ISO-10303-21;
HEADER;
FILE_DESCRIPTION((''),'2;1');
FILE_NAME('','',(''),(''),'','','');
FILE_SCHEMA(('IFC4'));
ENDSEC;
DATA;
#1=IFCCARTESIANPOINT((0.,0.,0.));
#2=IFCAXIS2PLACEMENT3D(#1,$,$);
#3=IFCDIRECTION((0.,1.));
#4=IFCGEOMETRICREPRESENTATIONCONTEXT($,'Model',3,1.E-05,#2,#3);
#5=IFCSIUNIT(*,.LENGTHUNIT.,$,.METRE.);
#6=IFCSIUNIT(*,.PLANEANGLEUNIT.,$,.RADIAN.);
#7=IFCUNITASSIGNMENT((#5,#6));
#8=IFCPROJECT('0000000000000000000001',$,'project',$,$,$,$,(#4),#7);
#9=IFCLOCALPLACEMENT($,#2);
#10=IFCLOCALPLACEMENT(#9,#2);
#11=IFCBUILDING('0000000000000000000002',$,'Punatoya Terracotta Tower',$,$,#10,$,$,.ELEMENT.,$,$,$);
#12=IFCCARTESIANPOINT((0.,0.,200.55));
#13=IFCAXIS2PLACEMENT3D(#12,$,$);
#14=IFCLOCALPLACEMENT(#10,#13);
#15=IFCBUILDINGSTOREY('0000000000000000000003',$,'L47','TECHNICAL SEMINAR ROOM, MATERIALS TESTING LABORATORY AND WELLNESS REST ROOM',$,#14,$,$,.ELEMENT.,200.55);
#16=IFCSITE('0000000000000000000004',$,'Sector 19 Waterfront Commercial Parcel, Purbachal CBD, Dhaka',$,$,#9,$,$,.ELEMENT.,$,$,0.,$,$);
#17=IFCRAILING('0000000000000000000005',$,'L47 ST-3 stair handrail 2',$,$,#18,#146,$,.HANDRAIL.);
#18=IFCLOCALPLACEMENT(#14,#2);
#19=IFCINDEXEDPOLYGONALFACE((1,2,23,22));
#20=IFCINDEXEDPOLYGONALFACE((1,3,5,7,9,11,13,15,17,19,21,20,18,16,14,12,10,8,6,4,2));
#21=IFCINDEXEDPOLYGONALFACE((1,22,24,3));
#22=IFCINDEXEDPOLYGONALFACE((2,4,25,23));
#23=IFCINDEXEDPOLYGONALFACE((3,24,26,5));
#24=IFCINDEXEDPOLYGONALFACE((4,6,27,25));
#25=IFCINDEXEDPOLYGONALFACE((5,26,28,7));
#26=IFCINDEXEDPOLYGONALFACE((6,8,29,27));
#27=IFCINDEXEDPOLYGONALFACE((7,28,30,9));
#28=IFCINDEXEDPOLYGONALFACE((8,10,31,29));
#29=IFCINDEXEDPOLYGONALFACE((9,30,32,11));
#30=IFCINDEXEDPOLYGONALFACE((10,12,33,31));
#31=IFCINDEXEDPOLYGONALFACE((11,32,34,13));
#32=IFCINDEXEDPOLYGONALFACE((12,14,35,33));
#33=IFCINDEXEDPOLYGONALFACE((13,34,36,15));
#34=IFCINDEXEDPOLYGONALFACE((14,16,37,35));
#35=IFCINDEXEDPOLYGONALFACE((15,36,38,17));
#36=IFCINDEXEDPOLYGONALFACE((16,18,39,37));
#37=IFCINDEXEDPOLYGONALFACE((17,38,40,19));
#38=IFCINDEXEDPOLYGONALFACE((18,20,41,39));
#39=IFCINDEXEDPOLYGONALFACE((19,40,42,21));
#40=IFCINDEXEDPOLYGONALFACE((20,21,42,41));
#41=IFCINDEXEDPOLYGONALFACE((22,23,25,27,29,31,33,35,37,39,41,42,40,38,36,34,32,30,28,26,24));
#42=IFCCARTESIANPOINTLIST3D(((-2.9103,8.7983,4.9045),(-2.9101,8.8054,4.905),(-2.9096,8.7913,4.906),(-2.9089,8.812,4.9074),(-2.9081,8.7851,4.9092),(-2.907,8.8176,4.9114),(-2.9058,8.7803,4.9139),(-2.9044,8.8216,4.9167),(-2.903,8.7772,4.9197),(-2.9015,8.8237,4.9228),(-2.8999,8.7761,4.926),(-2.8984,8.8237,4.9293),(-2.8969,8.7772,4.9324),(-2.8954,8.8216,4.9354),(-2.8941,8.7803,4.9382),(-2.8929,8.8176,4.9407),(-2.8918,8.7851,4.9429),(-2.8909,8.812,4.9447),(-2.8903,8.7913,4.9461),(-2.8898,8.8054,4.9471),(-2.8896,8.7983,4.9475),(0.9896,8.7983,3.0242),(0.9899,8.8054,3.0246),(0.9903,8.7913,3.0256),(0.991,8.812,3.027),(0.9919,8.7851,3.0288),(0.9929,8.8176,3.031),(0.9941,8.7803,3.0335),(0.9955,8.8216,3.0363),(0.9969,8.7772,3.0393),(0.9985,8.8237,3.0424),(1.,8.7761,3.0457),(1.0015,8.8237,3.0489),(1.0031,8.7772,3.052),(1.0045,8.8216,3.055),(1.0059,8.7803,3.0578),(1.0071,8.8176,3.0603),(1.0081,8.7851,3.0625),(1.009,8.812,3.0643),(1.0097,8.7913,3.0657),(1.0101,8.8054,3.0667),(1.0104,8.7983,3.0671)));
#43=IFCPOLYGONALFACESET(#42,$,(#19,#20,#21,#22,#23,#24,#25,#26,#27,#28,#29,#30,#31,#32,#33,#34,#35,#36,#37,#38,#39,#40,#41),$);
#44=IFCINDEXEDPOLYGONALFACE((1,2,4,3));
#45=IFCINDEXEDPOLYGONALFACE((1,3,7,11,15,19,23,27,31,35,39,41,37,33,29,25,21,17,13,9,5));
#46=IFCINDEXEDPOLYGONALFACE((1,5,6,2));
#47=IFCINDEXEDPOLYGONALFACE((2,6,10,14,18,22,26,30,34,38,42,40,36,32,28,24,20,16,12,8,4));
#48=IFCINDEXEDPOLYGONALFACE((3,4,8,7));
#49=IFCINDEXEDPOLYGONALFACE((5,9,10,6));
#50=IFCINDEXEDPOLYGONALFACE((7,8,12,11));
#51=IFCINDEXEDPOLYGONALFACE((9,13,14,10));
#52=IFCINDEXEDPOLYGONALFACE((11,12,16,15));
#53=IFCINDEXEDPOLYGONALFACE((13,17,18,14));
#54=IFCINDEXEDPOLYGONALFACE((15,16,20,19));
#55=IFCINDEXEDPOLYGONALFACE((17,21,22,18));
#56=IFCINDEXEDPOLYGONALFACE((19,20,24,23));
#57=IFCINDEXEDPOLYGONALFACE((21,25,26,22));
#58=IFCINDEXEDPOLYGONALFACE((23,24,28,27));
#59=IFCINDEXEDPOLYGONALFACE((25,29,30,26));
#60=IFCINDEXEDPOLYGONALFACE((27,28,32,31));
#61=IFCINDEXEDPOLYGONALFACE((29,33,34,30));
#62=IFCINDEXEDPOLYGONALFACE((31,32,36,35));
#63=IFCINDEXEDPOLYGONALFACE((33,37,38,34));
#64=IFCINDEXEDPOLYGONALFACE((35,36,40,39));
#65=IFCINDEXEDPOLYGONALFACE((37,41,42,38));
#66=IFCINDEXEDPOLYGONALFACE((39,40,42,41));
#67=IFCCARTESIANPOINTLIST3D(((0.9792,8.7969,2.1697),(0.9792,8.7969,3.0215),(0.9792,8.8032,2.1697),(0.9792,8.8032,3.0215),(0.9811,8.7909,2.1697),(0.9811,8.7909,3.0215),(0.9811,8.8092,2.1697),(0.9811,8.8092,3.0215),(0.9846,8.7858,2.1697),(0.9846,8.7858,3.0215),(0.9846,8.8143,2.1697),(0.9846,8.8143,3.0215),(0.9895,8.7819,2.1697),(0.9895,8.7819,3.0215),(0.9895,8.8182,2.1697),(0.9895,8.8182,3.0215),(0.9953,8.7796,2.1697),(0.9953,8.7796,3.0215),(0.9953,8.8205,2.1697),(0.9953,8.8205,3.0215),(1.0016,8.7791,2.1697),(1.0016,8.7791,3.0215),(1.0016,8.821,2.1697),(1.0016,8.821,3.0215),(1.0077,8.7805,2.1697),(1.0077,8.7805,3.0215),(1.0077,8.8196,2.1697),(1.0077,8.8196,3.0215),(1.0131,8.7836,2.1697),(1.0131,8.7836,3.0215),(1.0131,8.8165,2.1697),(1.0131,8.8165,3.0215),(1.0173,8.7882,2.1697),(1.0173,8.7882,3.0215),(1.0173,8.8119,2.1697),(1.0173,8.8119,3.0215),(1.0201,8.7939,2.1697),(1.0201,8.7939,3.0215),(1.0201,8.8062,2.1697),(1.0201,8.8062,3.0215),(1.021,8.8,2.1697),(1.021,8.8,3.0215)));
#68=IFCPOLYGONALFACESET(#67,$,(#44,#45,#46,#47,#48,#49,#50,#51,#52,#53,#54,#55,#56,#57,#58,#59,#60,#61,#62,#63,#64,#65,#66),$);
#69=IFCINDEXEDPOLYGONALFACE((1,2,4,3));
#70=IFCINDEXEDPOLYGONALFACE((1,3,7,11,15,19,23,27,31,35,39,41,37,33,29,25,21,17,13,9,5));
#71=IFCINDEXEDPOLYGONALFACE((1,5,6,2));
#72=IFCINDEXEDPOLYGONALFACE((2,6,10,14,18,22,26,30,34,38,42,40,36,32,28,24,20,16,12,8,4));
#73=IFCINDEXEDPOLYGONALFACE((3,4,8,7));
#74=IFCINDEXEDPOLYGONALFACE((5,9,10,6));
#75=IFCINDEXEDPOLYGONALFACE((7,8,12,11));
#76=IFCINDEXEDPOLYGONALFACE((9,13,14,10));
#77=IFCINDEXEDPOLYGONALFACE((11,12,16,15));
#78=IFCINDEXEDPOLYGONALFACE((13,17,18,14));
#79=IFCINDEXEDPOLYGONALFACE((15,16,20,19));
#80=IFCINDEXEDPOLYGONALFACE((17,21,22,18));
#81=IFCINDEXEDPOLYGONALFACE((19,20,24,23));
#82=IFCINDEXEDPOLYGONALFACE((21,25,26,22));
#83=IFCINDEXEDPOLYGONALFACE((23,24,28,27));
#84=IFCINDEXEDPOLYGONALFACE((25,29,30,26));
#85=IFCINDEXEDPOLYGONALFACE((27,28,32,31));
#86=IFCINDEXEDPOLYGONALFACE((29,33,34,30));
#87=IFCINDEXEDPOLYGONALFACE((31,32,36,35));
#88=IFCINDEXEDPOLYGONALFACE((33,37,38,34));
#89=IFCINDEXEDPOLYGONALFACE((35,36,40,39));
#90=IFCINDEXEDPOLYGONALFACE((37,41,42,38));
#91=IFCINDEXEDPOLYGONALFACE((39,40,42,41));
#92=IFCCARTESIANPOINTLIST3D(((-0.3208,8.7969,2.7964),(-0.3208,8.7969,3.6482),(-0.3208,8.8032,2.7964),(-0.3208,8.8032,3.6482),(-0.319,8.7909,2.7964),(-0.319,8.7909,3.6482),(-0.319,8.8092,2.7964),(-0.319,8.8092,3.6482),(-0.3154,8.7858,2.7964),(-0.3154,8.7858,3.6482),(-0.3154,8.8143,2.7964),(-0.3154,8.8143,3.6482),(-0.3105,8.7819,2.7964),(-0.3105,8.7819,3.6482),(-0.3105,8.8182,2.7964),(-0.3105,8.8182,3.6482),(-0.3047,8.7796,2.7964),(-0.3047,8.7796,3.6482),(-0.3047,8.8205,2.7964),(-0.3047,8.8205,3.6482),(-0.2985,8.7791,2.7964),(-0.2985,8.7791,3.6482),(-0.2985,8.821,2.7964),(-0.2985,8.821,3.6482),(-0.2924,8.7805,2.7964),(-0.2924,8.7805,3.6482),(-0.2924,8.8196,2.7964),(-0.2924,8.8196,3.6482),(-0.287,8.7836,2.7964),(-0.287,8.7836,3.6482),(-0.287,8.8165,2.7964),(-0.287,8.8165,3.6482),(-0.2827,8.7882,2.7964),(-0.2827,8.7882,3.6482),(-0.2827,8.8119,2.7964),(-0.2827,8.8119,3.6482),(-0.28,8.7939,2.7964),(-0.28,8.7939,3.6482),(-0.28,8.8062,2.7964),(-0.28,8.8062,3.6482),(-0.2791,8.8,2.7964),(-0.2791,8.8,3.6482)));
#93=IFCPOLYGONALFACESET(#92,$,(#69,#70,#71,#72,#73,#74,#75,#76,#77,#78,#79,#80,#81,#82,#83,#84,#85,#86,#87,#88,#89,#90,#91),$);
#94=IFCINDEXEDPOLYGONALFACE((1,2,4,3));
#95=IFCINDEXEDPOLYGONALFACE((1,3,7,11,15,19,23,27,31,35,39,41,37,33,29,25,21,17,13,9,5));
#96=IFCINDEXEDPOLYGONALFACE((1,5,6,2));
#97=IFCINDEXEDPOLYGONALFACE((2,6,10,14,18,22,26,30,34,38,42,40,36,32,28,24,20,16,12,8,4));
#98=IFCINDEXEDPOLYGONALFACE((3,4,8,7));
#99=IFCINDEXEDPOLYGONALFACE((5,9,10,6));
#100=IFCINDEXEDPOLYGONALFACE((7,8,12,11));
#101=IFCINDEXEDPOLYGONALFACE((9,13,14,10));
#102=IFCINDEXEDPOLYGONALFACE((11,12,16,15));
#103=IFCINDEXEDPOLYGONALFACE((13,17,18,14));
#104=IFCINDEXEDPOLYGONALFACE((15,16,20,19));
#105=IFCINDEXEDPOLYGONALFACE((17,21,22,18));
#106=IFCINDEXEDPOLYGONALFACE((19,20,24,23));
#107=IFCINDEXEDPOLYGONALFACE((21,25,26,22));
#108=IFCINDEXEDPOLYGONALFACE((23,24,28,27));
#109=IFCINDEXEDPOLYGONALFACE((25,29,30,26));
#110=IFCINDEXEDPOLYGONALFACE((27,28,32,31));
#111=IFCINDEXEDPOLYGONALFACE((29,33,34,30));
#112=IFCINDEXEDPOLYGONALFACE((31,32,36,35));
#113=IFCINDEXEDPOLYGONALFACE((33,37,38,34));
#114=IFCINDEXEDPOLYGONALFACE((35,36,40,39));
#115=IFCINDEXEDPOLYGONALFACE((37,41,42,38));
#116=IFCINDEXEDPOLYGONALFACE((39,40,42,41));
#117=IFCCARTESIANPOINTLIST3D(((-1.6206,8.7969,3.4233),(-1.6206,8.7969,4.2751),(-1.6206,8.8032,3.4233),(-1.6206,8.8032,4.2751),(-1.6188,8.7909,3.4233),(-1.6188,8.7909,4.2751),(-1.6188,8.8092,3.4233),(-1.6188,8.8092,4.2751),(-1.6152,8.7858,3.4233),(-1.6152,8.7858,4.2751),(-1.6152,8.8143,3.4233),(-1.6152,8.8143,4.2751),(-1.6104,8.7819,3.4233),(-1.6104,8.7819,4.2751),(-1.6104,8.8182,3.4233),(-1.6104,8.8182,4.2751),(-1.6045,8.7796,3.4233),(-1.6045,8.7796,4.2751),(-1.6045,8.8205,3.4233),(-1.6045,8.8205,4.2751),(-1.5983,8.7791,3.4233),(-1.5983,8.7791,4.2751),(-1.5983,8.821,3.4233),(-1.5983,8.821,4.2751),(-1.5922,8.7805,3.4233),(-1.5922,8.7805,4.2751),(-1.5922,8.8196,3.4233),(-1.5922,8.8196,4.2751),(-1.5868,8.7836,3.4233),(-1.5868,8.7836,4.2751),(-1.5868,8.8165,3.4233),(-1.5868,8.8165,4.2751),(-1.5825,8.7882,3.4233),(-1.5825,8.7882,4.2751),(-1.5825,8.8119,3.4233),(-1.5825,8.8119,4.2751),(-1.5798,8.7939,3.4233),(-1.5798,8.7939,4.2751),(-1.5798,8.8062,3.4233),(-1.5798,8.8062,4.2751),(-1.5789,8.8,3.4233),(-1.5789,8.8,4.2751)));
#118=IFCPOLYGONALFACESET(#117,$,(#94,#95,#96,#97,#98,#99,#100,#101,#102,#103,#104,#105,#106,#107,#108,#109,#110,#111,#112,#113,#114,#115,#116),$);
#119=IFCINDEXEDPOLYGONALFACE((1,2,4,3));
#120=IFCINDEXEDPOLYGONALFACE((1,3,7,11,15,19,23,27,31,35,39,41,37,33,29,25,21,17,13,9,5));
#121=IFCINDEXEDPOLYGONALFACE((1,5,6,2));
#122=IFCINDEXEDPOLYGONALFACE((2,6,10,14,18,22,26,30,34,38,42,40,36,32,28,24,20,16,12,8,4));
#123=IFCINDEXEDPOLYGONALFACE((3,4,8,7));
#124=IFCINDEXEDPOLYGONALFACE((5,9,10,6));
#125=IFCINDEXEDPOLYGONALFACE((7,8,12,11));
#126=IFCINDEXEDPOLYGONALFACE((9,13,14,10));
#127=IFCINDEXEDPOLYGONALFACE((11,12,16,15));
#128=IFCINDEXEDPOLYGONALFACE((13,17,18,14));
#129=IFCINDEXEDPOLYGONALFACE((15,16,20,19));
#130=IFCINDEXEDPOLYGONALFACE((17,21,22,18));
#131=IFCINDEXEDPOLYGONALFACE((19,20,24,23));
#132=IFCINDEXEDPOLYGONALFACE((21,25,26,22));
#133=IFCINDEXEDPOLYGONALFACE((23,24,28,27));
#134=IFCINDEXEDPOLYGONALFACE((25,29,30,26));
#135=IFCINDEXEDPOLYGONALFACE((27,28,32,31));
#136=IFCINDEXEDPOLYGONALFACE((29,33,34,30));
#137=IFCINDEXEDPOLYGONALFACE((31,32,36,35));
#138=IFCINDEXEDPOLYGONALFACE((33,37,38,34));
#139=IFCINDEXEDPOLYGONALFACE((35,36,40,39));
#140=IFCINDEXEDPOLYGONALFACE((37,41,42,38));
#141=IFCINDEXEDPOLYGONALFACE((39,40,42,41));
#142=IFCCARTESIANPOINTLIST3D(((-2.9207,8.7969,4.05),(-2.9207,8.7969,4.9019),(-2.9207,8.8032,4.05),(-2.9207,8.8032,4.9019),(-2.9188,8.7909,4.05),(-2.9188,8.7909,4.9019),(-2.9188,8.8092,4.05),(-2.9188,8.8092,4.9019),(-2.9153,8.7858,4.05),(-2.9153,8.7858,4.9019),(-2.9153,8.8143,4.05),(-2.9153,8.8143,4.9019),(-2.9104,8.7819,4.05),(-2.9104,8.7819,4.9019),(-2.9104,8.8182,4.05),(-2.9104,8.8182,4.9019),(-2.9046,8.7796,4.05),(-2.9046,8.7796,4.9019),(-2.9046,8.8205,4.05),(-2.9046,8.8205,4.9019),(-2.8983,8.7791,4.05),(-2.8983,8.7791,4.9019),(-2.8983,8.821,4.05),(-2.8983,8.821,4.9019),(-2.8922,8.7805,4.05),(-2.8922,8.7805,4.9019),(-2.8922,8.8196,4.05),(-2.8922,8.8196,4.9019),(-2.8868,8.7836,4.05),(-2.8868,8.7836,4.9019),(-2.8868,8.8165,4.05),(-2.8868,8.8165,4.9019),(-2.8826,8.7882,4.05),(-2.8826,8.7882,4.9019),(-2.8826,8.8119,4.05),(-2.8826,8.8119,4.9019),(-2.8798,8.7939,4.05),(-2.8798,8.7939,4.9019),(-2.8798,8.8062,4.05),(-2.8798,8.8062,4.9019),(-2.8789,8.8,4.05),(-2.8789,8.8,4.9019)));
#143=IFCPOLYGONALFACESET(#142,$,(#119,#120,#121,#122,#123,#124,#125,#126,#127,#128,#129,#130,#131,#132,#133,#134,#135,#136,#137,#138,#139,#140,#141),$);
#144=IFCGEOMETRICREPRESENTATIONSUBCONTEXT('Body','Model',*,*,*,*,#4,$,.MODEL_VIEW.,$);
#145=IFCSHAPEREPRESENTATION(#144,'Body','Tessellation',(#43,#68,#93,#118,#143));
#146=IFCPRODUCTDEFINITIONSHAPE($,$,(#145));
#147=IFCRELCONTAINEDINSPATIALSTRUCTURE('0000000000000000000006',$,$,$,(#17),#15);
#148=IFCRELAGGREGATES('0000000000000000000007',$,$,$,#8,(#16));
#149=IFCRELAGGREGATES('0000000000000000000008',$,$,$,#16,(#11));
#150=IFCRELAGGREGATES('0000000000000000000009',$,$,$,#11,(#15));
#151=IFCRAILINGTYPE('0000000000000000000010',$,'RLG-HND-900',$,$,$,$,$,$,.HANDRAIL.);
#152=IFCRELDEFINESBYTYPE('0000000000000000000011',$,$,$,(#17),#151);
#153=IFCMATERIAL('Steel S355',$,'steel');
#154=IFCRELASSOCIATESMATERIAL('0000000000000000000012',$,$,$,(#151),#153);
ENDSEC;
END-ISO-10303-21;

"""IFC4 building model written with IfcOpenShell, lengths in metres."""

from ifc_helpers import new_model, si_unit, direction, frame, origin, origin_2d, place, context, subcontext, project, spatial, circle, extrude, material, type_object, element, save


model = new_model("IFC4")

# Units and contexts
model_context = context("Model", 3, precision=1e-05, world=origin(), true_north=direction((0.0, 1.0)))
body_context = subcontext(model_context, "Body", "Model", "MODEL_VIEW")
ifc_project = project(units=[si_unit("LENGTHUNIT", "METRE"), si_unit("PLANEANGLEUNIT", "RADIAN")], contexts=[model_context])

# Site, building, storey
site_placement = place(None, origin())
site = spatial("IfcSite", under=ifc_project, at=site_placement, Name="Sector 19 Waterfront Commercial Parcel, Purbachal CBD, Dhaka", CompositionType="ELEMENT", RefElevation=0.0)
building_placement = place(site_placement, origin())
building = spatial("IfcBuilding", under=site, at=building_placement, Name="Punatoya Terracotta Tower", CompositionType="ELEMENT")
storey_placement = place(building_placement, frame((0.0, 0.0, 200.55)))
storey = spatial("IfcBuildingStorey", under=building, at=storey_placement, Name="L47", Description="TECHNICAL SEMINAR ROOM, MATERIALS TESTING LABORATORY AND WELLNESS REST ROOM", CompositionType="ELEMENT", Elevation=200.55)

# Shared definitions
ifc_material_1 = material(Name="Steel S355", Category="steel")

# Railing
railing_type_1 = type_object("IfcRailingType", Name="RLG-HND-900", PredefinedType="HANDRAIL", material=ifc_material_1)
railing_1_placement = place(storey_placement, frame((1.0, 8.8, 2.1697)))
element("IfcRailing", 1, at=railing_1_placement, inside=storey, type_object=railing_type_1, Name="L47 ST-3 stair handrail 2", PredefinedType="HANDRAIL", context=body_context, shape_type="SweptSolid", body=[
    extrude(circle(Radius=0.0239, at=origin_2d()), frame((0.0, 0.0, 0.876), z_axis=(-0.900763, 0.0, 0.434311), x_axis=(0.0, -1.0, 0.0)), (0.0, 0.0, 1.0), 4.3296),
    extrude(circle(Radius=0.021, at=origin_2d()), origin(), (0.0, 0.0, 1.0), 0.8518),
    extrude(circle(Radius=0.021, at=origin_2d()), frame((-1.3, 0.0, 0.6267)), (0.0, 0.0, 1.0), 0.8518),
    extrude(circle(Radius=0.021, at=origin_2d()), frame((-2.5999, 0.0, 1.2537)), (0.0, 0.0, 1.0), 0.8518),
    extrude(circle(Radius=0.021, at=origin_2d()), frame((-3.8999, 0.0, 1.8804)), (0.0, 0.0, 1.0), 0.8518),
])

save(model, "model.ifc")
